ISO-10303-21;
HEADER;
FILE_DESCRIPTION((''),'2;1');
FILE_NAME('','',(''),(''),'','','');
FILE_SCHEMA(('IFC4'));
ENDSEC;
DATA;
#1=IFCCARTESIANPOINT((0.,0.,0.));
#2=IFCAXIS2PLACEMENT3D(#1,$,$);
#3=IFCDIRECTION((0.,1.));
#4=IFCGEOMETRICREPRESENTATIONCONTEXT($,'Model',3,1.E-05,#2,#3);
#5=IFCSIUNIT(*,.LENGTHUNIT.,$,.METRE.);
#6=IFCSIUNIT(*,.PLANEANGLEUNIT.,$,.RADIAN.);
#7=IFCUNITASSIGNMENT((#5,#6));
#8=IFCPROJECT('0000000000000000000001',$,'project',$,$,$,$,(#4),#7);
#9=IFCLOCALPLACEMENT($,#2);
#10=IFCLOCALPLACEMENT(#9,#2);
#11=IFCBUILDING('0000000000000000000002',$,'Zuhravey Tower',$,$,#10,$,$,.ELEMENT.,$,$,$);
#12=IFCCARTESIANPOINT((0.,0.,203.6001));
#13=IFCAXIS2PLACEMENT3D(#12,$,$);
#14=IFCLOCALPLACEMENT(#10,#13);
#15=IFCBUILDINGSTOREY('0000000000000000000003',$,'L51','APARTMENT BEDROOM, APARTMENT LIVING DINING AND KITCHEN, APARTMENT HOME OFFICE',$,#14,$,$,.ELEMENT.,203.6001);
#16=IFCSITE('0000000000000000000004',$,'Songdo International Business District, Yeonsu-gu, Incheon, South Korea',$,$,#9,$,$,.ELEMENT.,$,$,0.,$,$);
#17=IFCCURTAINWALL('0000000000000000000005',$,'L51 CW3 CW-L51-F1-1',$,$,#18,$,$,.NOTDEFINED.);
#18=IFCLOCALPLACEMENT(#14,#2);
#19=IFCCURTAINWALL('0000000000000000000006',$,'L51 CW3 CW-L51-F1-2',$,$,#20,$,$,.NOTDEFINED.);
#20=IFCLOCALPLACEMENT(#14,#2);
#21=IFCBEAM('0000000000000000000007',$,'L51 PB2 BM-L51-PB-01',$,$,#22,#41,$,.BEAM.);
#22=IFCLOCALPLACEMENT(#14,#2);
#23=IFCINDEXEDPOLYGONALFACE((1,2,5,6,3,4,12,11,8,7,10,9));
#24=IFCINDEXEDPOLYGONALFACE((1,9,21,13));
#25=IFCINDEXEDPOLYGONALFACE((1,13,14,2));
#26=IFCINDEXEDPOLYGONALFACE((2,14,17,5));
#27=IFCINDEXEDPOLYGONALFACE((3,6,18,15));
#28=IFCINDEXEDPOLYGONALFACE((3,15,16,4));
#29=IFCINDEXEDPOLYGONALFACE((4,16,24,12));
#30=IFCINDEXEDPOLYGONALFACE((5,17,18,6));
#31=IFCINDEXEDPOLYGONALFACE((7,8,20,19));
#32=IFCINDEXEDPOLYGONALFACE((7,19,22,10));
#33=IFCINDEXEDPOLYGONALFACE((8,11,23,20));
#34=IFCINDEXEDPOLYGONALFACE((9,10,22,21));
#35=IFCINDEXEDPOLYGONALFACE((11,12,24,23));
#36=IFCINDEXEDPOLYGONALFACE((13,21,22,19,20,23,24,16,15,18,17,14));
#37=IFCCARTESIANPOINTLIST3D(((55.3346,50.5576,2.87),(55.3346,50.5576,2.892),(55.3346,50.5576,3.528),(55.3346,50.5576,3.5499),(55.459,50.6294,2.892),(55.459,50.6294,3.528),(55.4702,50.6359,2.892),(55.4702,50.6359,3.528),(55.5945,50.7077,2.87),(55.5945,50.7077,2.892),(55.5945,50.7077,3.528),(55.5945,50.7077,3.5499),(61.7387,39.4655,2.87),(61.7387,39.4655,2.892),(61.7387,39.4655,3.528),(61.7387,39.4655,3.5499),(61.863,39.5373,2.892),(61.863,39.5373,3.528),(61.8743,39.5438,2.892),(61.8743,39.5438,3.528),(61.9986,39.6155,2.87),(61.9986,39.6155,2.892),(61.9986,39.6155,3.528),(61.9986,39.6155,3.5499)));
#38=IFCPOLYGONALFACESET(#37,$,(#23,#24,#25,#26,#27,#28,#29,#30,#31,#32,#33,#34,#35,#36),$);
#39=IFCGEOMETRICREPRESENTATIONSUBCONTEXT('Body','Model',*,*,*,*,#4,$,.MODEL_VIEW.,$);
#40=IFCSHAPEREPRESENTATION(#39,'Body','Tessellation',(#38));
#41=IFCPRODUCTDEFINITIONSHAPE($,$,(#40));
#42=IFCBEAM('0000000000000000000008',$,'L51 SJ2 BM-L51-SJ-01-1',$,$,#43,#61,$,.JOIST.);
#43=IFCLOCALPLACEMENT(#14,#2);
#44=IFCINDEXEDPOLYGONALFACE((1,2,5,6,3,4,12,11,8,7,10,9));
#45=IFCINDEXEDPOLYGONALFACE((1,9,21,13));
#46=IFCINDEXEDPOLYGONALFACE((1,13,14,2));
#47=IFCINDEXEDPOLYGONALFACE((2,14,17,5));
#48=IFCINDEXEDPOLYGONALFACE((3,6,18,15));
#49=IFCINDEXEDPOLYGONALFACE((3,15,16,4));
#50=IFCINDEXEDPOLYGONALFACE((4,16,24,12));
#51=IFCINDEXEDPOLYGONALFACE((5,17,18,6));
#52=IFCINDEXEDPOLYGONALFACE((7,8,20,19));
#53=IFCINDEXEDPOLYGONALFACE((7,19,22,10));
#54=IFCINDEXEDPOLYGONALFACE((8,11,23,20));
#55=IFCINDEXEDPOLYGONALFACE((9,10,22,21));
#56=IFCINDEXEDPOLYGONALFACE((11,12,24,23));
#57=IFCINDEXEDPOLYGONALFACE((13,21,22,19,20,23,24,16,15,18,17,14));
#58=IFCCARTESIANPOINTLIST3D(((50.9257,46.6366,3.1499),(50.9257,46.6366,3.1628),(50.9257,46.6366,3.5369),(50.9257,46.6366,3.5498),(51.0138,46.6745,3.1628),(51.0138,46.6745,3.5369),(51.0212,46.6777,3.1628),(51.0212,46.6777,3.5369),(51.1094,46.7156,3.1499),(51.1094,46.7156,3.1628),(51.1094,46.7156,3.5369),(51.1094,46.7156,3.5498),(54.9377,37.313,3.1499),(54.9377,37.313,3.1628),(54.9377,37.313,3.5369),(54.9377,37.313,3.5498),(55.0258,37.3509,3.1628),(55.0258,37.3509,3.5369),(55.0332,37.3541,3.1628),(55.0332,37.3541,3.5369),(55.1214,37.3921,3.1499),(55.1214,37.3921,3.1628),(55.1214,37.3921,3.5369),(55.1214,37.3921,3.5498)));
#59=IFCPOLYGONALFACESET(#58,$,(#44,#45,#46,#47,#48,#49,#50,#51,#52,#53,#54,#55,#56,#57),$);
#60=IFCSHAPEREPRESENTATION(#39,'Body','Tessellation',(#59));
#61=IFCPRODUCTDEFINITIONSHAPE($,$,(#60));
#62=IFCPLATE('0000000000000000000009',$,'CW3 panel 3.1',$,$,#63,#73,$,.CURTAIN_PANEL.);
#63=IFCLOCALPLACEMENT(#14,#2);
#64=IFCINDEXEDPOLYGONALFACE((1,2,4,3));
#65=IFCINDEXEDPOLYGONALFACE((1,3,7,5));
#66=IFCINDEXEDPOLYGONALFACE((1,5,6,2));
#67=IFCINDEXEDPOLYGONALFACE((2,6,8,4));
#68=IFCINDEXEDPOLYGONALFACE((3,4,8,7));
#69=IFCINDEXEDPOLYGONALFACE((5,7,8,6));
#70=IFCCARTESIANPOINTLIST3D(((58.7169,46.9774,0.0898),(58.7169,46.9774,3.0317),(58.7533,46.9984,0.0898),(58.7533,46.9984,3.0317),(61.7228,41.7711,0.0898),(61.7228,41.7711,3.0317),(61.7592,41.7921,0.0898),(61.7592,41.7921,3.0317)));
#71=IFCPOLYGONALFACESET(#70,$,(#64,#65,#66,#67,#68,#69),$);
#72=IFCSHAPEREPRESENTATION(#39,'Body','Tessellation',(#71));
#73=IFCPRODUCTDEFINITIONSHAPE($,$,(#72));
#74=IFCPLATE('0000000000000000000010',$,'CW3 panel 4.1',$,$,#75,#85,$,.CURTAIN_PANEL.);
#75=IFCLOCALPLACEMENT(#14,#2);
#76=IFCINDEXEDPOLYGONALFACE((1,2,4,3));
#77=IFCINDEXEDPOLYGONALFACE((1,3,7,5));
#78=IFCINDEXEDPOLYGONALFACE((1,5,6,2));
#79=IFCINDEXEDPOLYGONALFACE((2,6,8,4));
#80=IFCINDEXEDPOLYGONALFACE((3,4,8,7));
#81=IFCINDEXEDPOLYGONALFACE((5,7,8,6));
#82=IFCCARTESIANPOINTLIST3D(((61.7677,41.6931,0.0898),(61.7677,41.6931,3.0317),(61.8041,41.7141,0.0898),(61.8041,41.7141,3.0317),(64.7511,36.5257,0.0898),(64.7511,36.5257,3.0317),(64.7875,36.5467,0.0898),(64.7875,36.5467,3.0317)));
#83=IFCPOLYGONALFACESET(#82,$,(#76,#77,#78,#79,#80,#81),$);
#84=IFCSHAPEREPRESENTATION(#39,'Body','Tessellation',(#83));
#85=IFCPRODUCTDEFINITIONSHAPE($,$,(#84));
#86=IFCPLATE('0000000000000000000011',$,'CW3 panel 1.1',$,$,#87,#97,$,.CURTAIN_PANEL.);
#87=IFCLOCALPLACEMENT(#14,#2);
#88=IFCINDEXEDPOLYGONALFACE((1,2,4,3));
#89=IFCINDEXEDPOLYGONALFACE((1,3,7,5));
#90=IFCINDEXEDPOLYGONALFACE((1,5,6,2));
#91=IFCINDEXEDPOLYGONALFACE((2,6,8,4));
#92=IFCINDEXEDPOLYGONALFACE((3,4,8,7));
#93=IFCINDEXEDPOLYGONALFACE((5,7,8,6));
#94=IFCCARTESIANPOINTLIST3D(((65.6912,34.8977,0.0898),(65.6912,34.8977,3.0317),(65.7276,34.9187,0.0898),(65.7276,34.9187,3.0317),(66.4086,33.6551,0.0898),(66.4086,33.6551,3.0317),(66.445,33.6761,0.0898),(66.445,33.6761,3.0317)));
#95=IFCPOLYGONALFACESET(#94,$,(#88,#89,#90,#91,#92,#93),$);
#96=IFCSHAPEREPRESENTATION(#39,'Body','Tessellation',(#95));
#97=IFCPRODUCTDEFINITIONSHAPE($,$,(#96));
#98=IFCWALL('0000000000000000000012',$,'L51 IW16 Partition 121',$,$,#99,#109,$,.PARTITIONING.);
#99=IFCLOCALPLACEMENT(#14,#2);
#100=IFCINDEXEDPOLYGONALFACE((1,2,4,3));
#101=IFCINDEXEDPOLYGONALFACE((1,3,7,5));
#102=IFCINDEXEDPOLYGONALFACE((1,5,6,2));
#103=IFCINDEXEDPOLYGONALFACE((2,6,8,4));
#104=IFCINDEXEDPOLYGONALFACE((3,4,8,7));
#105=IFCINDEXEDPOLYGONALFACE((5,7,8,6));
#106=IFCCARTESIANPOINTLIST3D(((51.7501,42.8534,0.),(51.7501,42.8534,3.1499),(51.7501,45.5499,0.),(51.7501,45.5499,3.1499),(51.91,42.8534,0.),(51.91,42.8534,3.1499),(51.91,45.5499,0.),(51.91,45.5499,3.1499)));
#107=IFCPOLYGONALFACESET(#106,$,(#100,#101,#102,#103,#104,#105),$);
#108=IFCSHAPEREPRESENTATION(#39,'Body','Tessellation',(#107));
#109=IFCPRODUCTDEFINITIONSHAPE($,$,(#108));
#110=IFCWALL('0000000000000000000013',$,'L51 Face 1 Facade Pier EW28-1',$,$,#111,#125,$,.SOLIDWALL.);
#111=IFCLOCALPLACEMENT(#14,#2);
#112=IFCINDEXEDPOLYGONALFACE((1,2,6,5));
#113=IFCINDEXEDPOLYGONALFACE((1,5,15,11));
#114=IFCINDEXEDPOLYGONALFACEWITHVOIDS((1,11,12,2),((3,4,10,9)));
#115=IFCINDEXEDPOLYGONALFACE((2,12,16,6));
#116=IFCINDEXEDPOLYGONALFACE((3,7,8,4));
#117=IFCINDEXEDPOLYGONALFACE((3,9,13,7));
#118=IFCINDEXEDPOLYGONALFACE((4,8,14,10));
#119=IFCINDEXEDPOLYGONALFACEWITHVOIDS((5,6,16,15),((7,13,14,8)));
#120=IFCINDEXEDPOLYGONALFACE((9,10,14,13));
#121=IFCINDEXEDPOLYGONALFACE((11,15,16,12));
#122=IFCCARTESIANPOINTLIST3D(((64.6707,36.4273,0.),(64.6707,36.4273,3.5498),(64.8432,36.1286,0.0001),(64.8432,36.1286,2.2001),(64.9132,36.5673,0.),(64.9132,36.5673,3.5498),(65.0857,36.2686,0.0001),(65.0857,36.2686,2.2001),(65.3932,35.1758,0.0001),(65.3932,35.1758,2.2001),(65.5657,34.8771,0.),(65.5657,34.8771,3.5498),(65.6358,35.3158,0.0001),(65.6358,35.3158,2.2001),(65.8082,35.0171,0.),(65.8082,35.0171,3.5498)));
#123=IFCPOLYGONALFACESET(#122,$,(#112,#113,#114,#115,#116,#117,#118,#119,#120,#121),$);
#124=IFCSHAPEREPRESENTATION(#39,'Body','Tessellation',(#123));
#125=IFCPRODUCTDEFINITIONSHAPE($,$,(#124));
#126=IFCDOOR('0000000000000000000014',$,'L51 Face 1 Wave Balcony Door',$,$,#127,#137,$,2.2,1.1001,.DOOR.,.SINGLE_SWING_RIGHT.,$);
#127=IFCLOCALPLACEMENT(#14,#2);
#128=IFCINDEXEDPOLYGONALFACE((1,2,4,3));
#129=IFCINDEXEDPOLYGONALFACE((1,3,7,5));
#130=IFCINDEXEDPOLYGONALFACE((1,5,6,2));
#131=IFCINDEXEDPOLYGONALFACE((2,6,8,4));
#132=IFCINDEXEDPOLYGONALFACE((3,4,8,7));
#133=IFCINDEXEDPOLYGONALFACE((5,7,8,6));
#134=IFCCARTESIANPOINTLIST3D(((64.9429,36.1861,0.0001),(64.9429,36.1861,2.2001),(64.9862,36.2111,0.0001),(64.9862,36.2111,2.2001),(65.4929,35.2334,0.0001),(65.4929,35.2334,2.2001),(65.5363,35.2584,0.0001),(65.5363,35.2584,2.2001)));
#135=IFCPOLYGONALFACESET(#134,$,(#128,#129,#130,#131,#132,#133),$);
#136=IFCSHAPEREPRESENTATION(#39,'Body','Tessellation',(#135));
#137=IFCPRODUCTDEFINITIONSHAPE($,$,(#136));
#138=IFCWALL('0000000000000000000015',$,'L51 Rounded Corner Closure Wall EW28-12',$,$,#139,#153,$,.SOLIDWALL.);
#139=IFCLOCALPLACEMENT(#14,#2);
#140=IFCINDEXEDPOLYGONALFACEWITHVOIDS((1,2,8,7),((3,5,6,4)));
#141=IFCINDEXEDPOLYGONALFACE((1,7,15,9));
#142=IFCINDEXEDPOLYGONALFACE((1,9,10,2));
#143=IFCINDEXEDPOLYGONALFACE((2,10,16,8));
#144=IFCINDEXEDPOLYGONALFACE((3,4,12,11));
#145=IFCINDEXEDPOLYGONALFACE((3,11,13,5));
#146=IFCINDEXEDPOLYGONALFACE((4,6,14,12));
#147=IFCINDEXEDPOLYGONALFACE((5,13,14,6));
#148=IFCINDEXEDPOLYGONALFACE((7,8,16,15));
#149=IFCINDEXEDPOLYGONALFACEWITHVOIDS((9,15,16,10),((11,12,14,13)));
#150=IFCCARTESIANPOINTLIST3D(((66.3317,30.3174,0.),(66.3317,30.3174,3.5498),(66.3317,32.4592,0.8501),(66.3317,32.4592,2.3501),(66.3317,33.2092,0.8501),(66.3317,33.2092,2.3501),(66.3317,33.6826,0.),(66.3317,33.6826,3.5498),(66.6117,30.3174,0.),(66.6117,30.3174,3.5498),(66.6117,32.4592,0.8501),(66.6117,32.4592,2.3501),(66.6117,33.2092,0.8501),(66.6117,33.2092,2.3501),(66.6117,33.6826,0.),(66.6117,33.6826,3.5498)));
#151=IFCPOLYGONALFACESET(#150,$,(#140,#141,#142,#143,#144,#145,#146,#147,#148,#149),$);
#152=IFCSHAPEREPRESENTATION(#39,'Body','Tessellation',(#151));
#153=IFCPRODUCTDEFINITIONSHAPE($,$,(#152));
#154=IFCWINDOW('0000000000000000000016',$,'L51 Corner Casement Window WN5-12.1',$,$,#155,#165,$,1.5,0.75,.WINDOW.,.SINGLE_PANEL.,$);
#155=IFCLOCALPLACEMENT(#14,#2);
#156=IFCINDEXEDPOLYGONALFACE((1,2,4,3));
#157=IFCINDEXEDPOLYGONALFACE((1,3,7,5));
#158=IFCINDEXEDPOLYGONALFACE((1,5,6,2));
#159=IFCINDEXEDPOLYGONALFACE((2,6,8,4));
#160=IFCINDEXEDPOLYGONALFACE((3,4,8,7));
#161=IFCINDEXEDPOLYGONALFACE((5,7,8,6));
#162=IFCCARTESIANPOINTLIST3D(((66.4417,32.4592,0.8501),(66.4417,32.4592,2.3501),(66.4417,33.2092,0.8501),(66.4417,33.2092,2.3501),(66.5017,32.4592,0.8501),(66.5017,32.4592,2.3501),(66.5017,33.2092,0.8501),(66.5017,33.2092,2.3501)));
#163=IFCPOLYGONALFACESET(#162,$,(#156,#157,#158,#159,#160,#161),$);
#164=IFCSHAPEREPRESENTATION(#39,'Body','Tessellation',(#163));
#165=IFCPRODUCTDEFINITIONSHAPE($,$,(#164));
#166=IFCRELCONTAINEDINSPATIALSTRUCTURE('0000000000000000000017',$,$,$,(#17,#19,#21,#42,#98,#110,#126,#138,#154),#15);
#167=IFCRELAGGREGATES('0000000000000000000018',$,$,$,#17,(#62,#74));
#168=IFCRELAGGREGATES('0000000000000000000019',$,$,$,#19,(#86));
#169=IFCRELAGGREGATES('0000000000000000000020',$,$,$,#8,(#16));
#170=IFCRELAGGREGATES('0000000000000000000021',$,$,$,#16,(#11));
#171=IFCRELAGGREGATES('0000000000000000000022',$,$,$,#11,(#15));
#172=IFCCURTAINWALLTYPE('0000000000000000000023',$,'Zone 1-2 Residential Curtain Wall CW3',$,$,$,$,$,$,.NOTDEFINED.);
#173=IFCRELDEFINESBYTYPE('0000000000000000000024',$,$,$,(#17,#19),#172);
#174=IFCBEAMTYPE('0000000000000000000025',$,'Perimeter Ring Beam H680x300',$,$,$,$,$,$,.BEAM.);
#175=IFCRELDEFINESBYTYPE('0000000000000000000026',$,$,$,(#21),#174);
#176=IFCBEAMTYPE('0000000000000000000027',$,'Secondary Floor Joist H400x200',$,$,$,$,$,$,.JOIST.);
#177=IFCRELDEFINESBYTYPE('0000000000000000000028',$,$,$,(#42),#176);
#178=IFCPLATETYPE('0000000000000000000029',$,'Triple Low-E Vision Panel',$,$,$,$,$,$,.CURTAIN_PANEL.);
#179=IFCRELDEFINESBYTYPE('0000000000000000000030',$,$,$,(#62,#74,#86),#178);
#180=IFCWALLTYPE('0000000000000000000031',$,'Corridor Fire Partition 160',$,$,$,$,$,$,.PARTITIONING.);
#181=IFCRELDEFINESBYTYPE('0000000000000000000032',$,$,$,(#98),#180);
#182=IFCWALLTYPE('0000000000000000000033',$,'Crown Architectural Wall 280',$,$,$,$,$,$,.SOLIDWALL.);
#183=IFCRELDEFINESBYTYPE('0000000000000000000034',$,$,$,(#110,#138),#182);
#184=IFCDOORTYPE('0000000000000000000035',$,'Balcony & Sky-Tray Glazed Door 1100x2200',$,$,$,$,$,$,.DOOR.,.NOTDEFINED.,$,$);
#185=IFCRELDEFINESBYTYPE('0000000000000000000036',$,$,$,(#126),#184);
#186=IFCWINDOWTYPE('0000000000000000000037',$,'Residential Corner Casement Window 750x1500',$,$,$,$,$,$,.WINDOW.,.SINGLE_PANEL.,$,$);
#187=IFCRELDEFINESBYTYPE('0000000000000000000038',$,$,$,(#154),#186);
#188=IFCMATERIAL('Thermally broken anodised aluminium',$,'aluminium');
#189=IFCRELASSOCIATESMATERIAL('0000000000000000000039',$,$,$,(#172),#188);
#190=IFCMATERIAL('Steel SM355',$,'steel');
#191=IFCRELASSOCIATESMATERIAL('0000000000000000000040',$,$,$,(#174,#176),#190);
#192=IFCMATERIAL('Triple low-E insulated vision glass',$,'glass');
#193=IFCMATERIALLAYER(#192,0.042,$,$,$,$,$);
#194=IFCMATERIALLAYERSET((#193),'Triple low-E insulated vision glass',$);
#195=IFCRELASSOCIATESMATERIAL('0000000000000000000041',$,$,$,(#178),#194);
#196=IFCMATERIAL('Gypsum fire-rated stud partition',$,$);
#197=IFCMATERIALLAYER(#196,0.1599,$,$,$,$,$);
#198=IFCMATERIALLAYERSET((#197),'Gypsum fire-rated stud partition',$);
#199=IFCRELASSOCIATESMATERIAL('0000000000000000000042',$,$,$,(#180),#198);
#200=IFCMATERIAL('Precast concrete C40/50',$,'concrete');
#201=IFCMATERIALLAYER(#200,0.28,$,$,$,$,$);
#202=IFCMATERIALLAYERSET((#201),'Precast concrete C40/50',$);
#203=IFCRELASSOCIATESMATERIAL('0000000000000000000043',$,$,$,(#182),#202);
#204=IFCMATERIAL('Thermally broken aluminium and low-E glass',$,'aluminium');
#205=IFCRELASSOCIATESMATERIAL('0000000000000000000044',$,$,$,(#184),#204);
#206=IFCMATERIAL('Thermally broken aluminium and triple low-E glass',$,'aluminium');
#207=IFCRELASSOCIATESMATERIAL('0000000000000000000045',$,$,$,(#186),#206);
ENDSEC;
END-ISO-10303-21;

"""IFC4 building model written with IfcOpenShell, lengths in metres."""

from ifc_helpers import new_model, si_unit, direction, frame, frame_2d, origin, origin_2d, place, context, subcontext, project, spatial, rectangle, i_section, extrude, material, layer, layer_set, material_profile, profile_set, type_object, element, fill, aggregate, save


model = new_model("IFC4")

# Units and contexts
model_context = context("Model", 3, precision=1e-05, world=origin(), true_north=direction((0.0, 1.0)))
body_context = subcontext(model_context, "Body", "Model", "MODEL_VIEW")
ifc_project = project(units=[si_unit("LENGTHUNIT", "METRE"), si_unit("PLANEANGLEUNIT", "RADIAN")], contexts=[model_context])

# Site, building, storey
site_placement = place(None, origin())
site = spatial("IfcSite", under=ifc_project, at=site_placement, Name="Songdo International Business District, Yeonsu-gu, Incheon, South Korea", CompositionType="ELEMENT", RefElevation=0.0)
building_placement = place(site_placement, origin())
building = spatial("IfcBuilding", under=site, at=building_placement, Name="Zuhravey Tower", CompositionType="ELEMENT")
storey_placement = place(building_placement, frame((0.0, 0.0, 203.6001)))
storey = spatial("IfcBuildingStorey", under=building, at=storey_placement, Name="L51", Description="APARTMENT BEDROOM, APARTMENT LIVING DINING AND KITCHEN, APARTMENT HOME OFFICE", CompositionType="ELEMENT", Elevation=203.6001)

# Curtain walls
ifc_material_1 = material(Name="Thermally broken anodised aluminium", Category="aluminium")
curtain_wall_type = type_object("IfcCurtainWallType", Name="Zone 1-2 Residential Curtain Wall CW3", PredefinedType="NOTDEFINED", material=ifc_material_1)
curtain_wall_1_placement = place(storey_placement, origin())
curtain_wall_1 = element("IfcCurtainWall", 1, at=curtain_wall_1_placement, inside=storey, type_object=curtain_wall_type, Name="L51 CW3 CW-L51-F1-1", PredefinedType="NOTDEFINED")
curtain_wall_2_placement = place(storey_placement, origin())
curtain_wall_2 = element("IfcCurtainWall", 2, at=curtain_wall_2_placement, inside=storey, type_object=curtain_wall_type, Name="L51 CW3 CW-L51-F1-2", PredefinedType="NOTDEFINED")

# Beams
ifc_material_2 = material(Name="Steel SM355", Category="steel")
ifc_material_profile_1 = material_profile(ifc_material_2, i_section(OverallWidth=0.3, OverallDepth=0.6799, WebThickness=0.0129, FlangeThickness=0.022, at=origin_2d()), Name="H-680x300x13x22")
ifc_profile_set_1 = profile_set([ifc_material_profile_1], Name="Steel SM355")
beam_type_1 = type_object("IfcBeamType", Name="Perimeter Ring Beam H680x300", PredefinedType="BEAM", material=ifc_profile_set_1)
beam_1_placement = place(storey_placement, frame((61.8687, 39.5405, 3.21), z_axis=(-0.500004, 0.866023, 0.0), x_axis=(-0.866023, -0.500004, 0.0)))
element("IfcBeam", 3, at=beam_1_placement, inside=storey, type_object=beam_type_1, Name="L51 PB2 BM-L51-PB-01", PredefinedType="BEAM", context=body_context, shape_type="SweptSolid", body=[
    extrude(i_section(OverallWidth=0.3, OverallDepth=0.6799, WebThickness=0.0129, FlangeThickness=0.022, at=origin_2d()), origin(), (0.0, 0.0, 1.0), 12.8081),
])
ifc_material_profile_2 = material_profile(ifc_material_2, i_section(OverallWidth=0.2, OverallDepth=0.3999, WebThickness=0.0081, FlangeThickness=0.0129, at=origin_2d()), Name="H-400x200x8x13")
ifc_profile_set_2 = profile_set([ifc_material_profile_2], Name="Steel SM355")
beam_type_2 = type_object("IfcBeamType", Name="Secondary Floor Joist H400x200", PredefinedType="JOIST", material=ifc_profile_set_2)
beam_2_placement = place(storey_placement, frame((55.0295, 37.3525, 3.3499), z_axis=(-0.395266, 0.918567, 0.0), x_axis=(-0.918567, -0.395266, 0.0)))
element("IfcBeam", 4, at=beam_2_placement, inside=storey, type_object=beam_type_2, Name="L51 SJ2 BM-L51-SJ-01-1", PredefinedType="JOIST", context=body_context, shape_type="SweptSolid", body=[
    extrude(i_section(OverallWidth=0.2, OverallDepth=0.3999, WebThickness=0.0081, FlangeThickness=0.0129, at=origin_2d()), origin(), (0.0, 0.0, 1.0), 10.1501),
])

# Plates
ifc_material_3 = material(Name="Triple low-E insulated vision glass", Category="glass")
ifc_layer_1 = layer(ifc_material_3, 0.042)
ifc_layer_set_1 = layer_set([ifc_layer_1], Name="Triple low-E insulated vision glass")
plate_type = type_object("IfcPlateType", Name="Triple Low-E Vision Panel", PredefinedType="CURTAIN_PANEL", material=ifc_layer_set_1)
plate_1_placement = place(storey_placement, frame((60.238, 44.3848, 0.0898), z_axis=(0.0, 0.0, 1.0), x_axis=(0.500002, -0.866024, 0.0)))
plate_1 = element("IfcPlate", 5, at=plate_1_placement, type_object=plate_type, Name="CW3 panel 3.1", PredefinedType="CURTAIN_PANEL", context=body_context, shape_type="SweptSolid", body=[
    extrude(rectangle(XDim=6.0117, YDim=0.042, at=origin_2d()), origin(), (0.0, 0.0, 1.0), 2.9419),
])
plate_2_placement = place(storey_placement, frame((63.2776, 39.1199, 0.0898), z_axis=(0.0, 0.0, 1.0), x_axis=(0.500002, -0.866024, 0.0)))
plate_2 = element("IfcPlate", 6, at=plate_2_placement, type_object=plate_type, Name="CW3 panel 4.1", PredefinedType="CURTAIN_PANEL", context=body_context, shape_type="SweptSolid", body=[
    extrude(rectangle(XDim=5.9668, YDim=0.042, at=origin_2d()), origin(), (0.0, 0.0, 1.0), 2.9419),
])
aggregate(curtain_wall_1, [plate_1, plate_2])
plate_3_placement = place(storey_placement, frame((66.0681, 34.2869, 0.0898), z_axis=(0.0, 0.0, 1.0), x_axis=(0.499989, -0.866032, 0.0)))
plate_3 = element("IfcPlate", 7, at=plate_3_placement, type_object=plate_type, Name="CW3 panel 1.1", PredefinedType="CURTAIN_PANEL", context=body_context, shape_type="SweptSolid", body=[
    extrude(rectangle(XDim=1.4348, YDim=0.042, at=origin_2d()), origin(), (0.0, 0.0, 1.0), 2.9419),
])
aggregate(curtain_wall_2, [plate_3])

# Wall
ifc_material_4 = material(Name="Gypsum fire-rated stud partition")
ifc_layer_2 = layer(ifc_material_4, 0.1599)
ifc_layer_set_2 = layer_set([ifc_layer_2], Name="Gypsum fire-rated stud partition")
wall_type_1 = type_object("IfcWallType", Name="Corridor Fire Partition 160", PredefinedType="PARTITIONING", material=ifc_layer_set_2)
wall_1_placement = place(storey_placement, frame((51.8301, 42.8535, 0.0), z_axis=(0.0, 0.0, 1.0), x_axis=(0.0, 1.0, 0.0)))
element("IfcWall", 8, at=wall_1_placement, inside=storey, type_object=wall_type_1, Name="L51 IW16 Partition 121", PredefinedType="PARTITIONING", context=body_context, shape_type="SweptSolid", body=[
    extrude(rectangle(XDim=2.6965, YDim=0.1599, at=frame_2d((1.3481, 0.0))), origin(), (0.0, 0.0, 1.0), 3.1499),
])

# Wall, opening, door
ifc_material_5 = material(Name="Precast concrete C40/50", Category="concrete")
ifc_layer_3 = layer(ifc_material_5, 0.28)
ifc_layer_set_3 = layer_set([ifc_layer_3], Name="Precast concrete C40/50")
wall_type_2 = type_object("IfcWallType", Name="Crown Architectural Wall 280", PredefinedType="SOLIDWALL", material=ifc_layer_set_3)
wall_2_placement = place(storey_placement, frame((64.792, 36.4973, 0.0), z_axis=(0.0, 0.0, 1.0), x_axis=(0.499982, -0.866036, 0.0)))
wall_2 = element("IfcWall", 9, at=wall_2_placement, inside=storey, type_object=wall_type_2, Name="L51 Face 1 Facade Pier EW28-1", PredefinedType="SOLIDWALL", context=body_context, shape_type="SweptSolid", body=[
    extrude(rectangle(XDim=1.79, YDim=0.28, at=frame_2d((0.895, 0.0))), origin(), (0.0, 0.0, 1.0), 3.5498),
])
opening_1_placement = place(wall_2_placement, frame((0.345, 0.0, 0.0)))
opening_1 = element("IfcOpeningElement", 10, at=opening_1_placement, cuts=wall_2, PredefinedType="OPENING", context=body_context, shape_type="SweptSolid", body=[
    extrude(rectangle(XDim=1.1001, YDim=2.2, at=frame_2d((0.55, 1.1001))), frame((0.0, 0.1521, 0.0), z_axis=(0.0, -1.0, 0.0), x_axis=(1.0, 0.0, 0.0)), (0.0, 0.0, 1.0), 0.304),
])
ifc_material_6 = material(Name="Thermally broken aluminium and low-E glass", Category="aluminium")
door_type = type_object("IfcDoorType", Name="Balcony & Sky-Tray Glazed Door 1100x2200", OperationType="NOTDEFINED", PredefinedType="DOOR", material=ifc_material_6)
door_placement = place(opening_1_placement, frame((1.1001, 0.0, 0.0), z_axis=(0.0, 0.0, 1.0), x_axis=(-1.0, 0.0, 0.0)))
door = element("IfcDoor", 11, at=door_placement, inside=storey, type_object=door_type, Name="L51 Face 1 Wave Balcony Door", OperationType="SINGLE_SWING_RIGHT", OverallHeight=2.2, OverallWidth=1.1001, PredefinedType="DOOR", context=body_context, shape_type="SweptSolid", body=[
    extrude(rectangle(XDim=1.1001, YDim=2.2, at=frame_2d((0.55, 1.1001))), frame((0.0, 0.0249, 0.0), z_axis=(0.0, -1.0, 0.0), x_axis=(1.0, 0.0, 0.0)), (0.0, 0.0, 1.0), 0.05),
])
fill(opening_1, door)

# Wall, opening, window
wall_3_placement = place(storey_placement, frame((66.4717, 33.6826, 0.0), z_axis=(0.0, 0.0, 1.0), x_axis=(0.0, -1.0, 0.0)))
wall_3 = element("IfcWall", 12, at=wall_3_placement, inside=storey, type_object=wall_type_2, Name="L51 Rounded Corner Closure Wall EW28-12", PredefinedType="SOLIDWALL", context=body_context, shape_type="SweptSolid", body=[
    extrude(rectangle(XDim=3.3652, YDim=0.28, at=frame_2d((1.6826, 0.0))), origin(), (0.0, 0.0, 1.0), 3.5498),
])
opening_2_placement = place(wall_3_placement, frame((0.4734, 0.0, 0.8501)))
opening_2 = element("IfcOpeningElement", 13, at=opening_2_placement, cuts=wall_3, PredefinedType="OPENING", context=body_context, shape_type="SweptSolid", body=[
    extrude(rectangle(XDim=0.75, YDim=1.5, at=frame_2d((0.375, 0.75))), frame((0.0, 0.1521, 0.0), z_axis=(0.0, -1.0, 0.0), x_axis=(1.0, 0.0, 0.0)), (0.0, 0.0, 1.0), 0.304),
])
ifc_material_7 = material(Name="Thermally broken aluminium and triple low-E glass", Category="aluminium")
window_type = type_object("IfcWindowType", Name="Residential Corner Casement Window 750x1500", PartitioningType="SINGLE_PANEL", PredefinedType="WINDOW", material=ifc_material_7)
window_placement = place(opening_2_placement, origin())
window = element("IfcWindow", 14, at=window_placement, inside=storey, type_object=window_type, Name="L51 Corner Casement Window WN5-12.1", OverallHeight=1.5, OverallWidth=0.75, PartitioningType="SINGLE_PANEL", PredefinedType="WINDOW", context=body_context, shape_type="SweptSolid", body=[
    extrude(rectangle(XDim=0.75, YDim=1.5, at=frame_2d((0.375, 0.75))), frame((0.0, 0.03, 0.0), z_axis=(0.0, -1.0, 0.0), x_axis=(1.0, 0.0, 0.0)), (0.0, 0.0, 1.0), 0.0601),
])
fill(opening_2, window)

save(model, "model.ifc")
